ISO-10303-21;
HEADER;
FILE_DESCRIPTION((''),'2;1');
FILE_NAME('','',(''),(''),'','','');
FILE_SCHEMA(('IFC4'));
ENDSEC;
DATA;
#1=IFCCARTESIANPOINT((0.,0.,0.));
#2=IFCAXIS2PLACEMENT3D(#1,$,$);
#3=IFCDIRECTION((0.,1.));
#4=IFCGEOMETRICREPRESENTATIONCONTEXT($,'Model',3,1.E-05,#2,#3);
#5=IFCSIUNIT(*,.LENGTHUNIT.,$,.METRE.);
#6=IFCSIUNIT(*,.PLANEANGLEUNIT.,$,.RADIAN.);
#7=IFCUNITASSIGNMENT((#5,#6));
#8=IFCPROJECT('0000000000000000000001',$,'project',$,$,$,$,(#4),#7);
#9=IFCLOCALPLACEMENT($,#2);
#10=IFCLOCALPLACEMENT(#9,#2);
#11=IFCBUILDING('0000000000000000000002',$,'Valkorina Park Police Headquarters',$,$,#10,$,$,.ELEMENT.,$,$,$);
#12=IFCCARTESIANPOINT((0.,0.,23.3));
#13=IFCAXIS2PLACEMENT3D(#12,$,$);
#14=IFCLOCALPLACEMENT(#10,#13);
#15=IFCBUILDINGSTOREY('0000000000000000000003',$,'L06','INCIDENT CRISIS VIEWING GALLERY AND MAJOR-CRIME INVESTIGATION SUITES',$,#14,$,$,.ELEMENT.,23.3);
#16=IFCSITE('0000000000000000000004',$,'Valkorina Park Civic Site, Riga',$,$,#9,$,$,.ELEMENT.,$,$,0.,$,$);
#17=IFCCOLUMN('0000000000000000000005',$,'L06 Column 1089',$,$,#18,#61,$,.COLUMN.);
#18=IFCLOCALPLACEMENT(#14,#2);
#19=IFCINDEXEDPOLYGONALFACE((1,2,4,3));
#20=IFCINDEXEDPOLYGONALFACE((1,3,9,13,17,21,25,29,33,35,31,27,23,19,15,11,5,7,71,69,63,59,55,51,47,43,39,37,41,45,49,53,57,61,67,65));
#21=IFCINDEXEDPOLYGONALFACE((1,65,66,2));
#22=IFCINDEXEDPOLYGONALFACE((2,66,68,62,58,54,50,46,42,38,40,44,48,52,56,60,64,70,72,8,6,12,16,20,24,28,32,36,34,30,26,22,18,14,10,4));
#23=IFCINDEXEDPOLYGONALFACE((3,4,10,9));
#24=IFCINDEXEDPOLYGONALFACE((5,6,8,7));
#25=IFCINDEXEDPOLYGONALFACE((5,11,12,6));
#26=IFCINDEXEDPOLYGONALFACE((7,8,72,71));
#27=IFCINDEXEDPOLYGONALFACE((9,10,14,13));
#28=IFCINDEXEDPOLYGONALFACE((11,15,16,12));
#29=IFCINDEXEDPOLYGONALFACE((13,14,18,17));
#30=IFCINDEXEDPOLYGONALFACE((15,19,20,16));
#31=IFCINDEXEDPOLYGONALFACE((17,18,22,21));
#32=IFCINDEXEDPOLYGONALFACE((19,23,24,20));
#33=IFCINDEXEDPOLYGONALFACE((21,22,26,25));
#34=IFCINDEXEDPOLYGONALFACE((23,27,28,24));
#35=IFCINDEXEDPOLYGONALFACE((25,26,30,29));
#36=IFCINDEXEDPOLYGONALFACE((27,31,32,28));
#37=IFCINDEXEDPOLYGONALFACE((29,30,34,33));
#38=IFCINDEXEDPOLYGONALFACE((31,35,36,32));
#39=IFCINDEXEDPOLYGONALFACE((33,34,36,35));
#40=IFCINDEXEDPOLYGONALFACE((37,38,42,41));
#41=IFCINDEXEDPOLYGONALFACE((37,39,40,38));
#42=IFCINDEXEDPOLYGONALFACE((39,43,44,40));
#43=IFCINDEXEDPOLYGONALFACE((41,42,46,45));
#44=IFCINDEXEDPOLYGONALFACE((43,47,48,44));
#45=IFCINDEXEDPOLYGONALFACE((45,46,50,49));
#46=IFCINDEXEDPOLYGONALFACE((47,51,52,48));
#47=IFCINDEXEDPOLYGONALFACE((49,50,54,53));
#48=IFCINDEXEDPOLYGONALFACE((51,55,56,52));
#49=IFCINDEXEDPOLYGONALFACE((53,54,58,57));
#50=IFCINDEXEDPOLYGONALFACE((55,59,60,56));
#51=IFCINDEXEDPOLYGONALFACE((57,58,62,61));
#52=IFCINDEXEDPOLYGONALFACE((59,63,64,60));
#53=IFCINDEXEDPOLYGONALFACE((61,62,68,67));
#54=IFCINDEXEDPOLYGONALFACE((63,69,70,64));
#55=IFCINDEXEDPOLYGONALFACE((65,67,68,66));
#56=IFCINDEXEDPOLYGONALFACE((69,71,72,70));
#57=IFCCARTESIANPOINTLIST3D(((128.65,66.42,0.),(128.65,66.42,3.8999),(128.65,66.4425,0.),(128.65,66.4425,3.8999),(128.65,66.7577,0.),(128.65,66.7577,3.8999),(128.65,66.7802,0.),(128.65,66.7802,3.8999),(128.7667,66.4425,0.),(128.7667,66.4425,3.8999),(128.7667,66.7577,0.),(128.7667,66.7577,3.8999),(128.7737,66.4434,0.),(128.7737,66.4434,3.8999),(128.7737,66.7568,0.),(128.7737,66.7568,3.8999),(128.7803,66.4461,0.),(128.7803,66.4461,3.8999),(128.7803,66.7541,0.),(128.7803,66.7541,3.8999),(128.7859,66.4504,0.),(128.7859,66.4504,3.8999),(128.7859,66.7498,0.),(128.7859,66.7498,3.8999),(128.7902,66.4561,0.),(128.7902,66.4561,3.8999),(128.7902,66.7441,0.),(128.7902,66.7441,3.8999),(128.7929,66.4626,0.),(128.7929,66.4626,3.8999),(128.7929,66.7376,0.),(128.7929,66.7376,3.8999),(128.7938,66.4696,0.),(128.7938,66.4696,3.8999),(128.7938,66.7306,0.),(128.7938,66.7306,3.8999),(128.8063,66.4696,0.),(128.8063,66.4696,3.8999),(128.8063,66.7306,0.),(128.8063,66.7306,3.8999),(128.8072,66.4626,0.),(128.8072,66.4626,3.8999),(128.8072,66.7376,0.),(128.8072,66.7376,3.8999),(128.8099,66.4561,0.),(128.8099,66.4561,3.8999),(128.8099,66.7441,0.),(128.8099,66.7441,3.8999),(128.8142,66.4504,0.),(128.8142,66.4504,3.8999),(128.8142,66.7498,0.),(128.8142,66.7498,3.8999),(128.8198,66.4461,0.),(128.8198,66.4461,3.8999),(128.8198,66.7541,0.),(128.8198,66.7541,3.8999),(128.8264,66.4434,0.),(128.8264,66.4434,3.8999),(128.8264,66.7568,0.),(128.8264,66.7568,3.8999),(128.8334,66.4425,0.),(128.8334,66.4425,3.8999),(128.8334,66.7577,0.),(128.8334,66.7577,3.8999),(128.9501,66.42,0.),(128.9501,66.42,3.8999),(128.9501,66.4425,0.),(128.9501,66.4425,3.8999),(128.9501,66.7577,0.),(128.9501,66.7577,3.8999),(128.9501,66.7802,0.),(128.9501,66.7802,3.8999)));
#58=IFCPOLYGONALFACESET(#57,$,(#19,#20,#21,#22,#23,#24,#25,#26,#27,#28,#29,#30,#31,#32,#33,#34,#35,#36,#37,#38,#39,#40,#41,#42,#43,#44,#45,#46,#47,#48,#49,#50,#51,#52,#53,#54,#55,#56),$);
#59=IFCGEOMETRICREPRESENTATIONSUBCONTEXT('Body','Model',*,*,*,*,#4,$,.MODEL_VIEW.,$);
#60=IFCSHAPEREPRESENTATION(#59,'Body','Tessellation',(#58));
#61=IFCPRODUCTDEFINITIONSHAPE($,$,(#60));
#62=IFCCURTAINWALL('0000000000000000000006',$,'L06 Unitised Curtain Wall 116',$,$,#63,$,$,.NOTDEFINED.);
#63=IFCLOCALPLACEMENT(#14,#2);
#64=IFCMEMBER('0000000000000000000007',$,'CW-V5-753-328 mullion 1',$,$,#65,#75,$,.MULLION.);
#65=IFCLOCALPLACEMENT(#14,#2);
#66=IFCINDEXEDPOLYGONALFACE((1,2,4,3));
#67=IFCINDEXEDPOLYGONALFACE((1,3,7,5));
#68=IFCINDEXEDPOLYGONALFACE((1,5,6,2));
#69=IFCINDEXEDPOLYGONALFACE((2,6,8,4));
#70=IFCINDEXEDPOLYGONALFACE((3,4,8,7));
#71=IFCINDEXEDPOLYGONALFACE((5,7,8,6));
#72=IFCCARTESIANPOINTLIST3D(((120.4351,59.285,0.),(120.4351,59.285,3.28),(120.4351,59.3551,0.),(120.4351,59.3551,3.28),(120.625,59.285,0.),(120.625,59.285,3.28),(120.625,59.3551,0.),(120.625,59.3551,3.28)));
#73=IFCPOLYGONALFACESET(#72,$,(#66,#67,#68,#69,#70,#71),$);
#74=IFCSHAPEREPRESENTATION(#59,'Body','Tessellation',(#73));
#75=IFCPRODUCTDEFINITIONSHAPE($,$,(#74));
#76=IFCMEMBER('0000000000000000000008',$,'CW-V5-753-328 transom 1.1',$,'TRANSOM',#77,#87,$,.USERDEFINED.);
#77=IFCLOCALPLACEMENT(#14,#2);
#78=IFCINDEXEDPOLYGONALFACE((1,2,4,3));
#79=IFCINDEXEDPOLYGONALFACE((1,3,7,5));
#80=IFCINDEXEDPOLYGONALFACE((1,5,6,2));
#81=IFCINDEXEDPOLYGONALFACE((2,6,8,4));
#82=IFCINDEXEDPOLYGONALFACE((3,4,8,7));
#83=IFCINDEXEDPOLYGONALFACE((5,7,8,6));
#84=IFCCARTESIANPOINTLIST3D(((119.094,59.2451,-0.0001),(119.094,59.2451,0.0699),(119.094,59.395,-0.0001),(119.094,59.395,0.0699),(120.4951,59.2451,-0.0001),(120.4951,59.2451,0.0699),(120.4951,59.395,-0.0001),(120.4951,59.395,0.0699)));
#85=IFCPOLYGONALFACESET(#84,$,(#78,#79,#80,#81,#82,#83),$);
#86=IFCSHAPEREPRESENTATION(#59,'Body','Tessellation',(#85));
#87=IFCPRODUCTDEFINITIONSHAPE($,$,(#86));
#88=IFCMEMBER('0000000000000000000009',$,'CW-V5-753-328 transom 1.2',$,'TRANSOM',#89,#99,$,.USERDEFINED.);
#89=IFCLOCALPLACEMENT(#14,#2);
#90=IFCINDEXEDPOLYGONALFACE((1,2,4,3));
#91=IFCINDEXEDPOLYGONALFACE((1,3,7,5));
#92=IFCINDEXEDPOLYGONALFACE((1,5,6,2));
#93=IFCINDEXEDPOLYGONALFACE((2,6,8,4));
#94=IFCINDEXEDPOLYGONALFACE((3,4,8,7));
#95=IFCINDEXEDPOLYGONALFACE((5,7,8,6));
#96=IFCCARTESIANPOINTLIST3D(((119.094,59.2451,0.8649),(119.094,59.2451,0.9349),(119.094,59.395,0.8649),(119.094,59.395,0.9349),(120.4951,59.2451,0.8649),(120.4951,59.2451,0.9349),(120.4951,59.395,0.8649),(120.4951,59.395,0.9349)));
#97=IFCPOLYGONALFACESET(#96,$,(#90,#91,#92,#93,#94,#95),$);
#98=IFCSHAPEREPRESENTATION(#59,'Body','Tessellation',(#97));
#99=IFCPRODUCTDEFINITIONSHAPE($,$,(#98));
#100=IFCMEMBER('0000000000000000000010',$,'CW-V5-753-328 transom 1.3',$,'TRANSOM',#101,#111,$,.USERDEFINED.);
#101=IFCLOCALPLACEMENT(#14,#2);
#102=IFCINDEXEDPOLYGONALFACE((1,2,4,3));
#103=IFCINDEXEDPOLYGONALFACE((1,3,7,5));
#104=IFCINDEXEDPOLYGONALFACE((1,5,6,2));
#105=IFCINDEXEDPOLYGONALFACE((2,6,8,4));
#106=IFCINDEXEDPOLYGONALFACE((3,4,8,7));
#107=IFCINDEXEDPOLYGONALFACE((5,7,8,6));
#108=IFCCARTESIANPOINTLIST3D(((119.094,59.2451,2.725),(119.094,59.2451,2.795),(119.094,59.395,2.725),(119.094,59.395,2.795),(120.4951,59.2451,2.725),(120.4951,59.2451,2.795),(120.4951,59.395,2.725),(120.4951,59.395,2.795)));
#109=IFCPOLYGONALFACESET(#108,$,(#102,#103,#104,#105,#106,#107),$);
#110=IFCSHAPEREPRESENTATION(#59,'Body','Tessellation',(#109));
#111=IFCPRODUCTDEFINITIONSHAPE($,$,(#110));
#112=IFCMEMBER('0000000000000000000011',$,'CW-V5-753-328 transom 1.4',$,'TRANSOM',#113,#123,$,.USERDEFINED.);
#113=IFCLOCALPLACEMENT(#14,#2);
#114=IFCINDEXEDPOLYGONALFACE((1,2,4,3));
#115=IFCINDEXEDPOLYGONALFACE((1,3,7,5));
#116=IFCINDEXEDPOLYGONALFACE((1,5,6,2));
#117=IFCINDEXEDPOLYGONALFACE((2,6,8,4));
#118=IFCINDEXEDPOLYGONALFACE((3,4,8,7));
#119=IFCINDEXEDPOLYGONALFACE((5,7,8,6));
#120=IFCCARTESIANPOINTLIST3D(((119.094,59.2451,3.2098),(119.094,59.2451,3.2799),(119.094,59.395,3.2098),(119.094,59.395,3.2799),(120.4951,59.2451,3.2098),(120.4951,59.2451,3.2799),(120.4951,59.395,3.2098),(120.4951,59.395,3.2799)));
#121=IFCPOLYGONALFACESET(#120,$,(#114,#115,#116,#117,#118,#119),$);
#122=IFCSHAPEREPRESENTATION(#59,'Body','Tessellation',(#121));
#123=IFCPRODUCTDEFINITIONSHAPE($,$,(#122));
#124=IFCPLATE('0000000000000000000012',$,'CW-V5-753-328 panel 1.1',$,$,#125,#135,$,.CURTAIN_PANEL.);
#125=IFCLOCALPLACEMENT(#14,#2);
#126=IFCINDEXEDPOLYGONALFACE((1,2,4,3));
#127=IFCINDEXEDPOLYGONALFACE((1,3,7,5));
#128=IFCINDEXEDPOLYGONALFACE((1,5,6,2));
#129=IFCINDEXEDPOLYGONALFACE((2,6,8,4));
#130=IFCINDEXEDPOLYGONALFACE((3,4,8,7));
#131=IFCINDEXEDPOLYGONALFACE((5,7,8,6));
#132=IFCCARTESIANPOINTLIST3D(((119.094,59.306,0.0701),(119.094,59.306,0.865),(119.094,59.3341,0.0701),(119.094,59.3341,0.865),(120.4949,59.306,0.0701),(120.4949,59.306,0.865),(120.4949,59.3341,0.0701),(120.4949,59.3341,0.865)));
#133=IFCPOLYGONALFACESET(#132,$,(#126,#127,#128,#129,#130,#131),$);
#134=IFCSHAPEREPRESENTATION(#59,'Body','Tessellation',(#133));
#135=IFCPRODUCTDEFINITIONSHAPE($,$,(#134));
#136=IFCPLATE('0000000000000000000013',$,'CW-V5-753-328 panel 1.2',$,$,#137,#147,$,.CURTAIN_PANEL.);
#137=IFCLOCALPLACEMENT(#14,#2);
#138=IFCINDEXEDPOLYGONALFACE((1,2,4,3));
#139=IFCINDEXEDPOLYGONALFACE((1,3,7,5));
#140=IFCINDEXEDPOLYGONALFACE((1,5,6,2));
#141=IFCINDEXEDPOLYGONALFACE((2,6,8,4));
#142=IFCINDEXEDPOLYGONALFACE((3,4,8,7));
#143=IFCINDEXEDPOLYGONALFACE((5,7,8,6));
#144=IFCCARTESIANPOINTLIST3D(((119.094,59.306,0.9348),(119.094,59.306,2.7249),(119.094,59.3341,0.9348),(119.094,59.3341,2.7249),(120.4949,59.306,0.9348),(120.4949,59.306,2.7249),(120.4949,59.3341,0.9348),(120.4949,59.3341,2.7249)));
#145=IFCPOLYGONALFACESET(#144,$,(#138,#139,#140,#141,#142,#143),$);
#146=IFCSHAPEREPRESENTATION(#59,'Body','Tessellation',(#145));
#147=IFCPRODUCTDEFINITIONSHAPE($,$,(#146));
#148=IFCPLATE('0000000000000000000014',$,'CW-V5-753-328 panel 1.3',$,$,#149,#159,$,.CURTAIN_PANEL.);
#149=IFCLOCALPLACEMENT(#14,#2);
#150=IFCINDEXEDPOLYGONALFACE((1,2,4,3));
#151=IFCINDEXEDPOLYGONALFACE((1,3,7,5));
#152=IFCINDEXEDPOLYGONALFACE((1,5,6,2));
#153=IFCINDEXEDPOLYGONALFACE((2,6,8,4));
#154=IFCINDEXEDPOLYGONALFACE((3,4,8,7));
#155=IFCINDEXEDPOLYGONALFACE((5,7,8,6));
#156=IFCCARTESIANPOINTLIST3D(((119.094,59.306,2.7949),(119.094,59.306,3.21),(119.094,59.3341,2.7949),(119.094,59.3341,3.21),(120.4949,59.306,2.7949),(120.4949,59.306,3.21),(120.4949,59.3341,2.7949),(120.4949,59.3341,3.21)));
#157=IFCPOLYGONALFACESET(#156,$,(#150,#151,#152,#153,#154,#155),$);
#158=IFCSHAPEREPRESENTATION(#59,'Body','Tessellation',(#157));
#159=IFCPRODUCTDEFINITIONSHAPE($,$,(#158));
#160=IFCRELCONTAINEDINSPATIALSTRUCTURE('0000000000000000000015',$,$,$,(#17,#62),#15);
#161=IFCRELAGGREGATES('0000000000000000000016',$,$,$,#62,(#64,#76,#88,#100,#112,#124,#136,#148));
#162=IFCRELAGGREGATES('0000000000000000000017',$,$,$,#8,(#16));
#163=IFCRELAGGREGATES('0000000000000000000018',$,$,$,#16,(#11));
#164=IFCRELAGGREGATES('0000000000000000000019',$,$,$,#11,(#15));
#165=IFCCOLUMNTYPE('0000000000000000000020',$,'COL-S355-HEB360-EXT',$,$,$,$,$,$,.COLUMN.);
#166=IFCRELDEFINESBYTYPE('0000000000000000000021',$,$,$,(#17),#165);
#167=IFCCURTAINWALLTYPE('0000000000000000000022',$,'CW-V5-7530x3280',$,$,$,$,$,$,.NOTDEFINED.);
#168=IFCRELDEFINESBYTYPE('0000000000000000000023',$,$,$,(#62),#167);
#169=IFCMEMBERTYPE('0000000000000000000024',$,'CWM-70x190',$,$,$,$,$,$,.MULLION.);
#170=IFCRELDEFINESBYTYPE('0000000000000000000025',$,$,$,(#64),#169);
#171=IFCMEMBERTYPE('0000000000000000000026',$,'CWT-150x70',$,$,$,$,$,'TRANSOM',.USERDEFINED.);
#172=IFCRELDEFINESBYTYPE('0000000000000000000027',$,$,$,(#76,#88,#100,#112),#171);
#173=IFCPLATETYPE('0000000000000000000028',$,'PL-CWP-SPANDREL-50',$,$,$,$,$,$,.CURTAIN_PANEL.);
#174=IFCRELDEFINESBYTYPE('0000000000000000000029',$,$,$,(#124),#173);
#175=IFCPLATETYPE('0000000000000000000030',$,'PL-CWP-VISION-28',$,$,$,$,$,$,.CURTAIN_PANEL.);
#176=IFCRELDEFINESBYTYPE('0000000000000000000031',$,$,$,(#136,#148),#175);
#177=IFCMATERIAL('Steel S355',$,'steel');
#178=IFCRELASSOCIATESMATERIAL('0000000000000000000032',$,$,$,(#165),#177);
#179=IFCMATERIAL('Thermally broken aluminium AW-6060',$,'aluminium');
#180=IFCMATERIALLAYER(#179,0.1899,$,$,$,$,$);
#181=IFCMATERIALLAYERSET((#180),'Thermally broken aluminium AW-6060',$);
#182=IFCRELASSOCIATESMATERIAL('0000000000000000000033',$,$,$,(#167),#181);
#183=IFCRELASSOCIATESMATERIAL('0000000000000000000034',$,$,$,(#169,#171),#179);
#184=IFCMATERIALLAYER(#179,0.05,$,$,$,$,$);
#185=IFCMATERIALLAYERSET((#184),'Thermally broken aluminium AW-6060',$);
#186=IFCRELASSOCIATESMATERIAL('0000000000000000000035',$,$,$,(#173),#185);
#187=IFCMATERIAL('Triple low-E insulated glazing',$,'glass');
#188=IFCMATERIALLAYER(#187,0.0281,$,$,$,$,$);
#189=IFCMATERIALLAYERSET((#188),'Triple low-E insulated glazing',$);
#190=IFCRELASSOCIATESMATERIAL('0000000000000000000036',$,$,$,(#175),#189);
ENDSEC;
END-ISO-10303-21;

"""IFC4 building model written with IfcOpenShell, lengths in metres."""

from ifc_helpers import new_model, si_unit, direction, frame, origin, origin_2d, place, context, subcontext, project, spatial, rectangle, i_section, extrude, material, layer, layer_set, material_profile, profile_set, type_object, element, aggregate, save


model = new_model("IFC4")

# Units and contexts
model_context = context("Model", 3, precision=1e-05, world=origin(), true_north=direction((0.0, 1.0)))
body_context = subcontext(model_context, "Body", "Model", "MODEL_VIEW")
ifc_project = project(units=[si_unit("LENGTHUNIT", "METRE"), si_unit("PLANEANGLEUNIT", "RADIAN")], contexts=[model_context])

# Site, building, storey
site_placement = place(None, origin())
site = spatial("IfcSite", under=ifc_project, at=site_placement, Name="Valkorina Park Civic Site, Riga", CompositionType="ELEMENT", RefElevation=0.0)
building_placement = place(site_placement, origin())
building = spatial("IfcBuilding", under=site, at=building_placement, Name="Valkorina Park Police Headquarters", CompositionType="ELEMENT")
storey_placement = place(building_placement, frame((0.0, 0.0, 23.3)))
storey = spatial("IfcBuildingStorey", under=building, at=storey_placement, Name="L06", Description="INCIDENT CRISIS VIEWING GALLERY AND MAJOR-CRIME INVESTIGATION SUITES", CompositionType="ELEMENT", Elevation=23.3)

# Column
ifc_material_1 = material(Name="Steel S355", Category="steel")
ifc_material_profile_1 = material_profile(ifc_material_1, i_section(OverallWidth=0.3, OverallDepth=0.3601, WebThickness=0.0125, FlangeThickness=0.0225, FilletRadius=0.0271, at=origin_2d()), Name="HEB 360")
ifc_profile_set_1 = profile_set([ifc_material_profile_1], Name="Steel S355")
column_type = type_object("IfcColumnType", Name="COL-S355-HEB360-EXT", PredefinedType="COLUMN", material=ifc_profile_set_1)
column_placement = place(storey_placement, frame((128.8, 66.6001, 0.0), z_axis=(0.0, 0.0, 1.0), x_axis=(1.0, 0.0, 0.0)))
element("IfcColumn", 1, at=column_placement, inside=storey, type_object=column_type, Name="L06 Column 1089", PredefinedType="COLUMN", context=body_context, shape_type="SweptSolid", body=[
    extrude(i_section(OverallWidth=0.3, OverallDepth=0.3601, WebThickness=0.0125, FlangeThickness=0.0225, FilletRadius=0.0271, at=origin_2d()), origin(), (0.0, 0.0, 1.0), 3.8999),
])

# Curtain wall, members, plates
ifc_material_2 = material(Name="Thermally broken aluminium AW-6060", Category="aluminium")
ifc_layer_1 = layer(ifc_material_2, 0.1899)
ifc_layer_set_1 = layer_set([ifc_layer_1], Name="Thermally broken aluminium AW-6060")
curtain_wall_type = type_object("IfcCurtainWallType", Name="CW-V5-7530x3280", PredefinedType="NOTDEFINED", material=ifc_layer_set_1)
curtain_wall_placement = place(storey_placement, origin())
curtain_wall = element("IfcCurtainWall", 2, at=curtain_wall_placement, inside=storey, type_object=curtain_wall_type, Name="L06 Unitised Curtain Wall 116", PredefinedType="NOTDEFINED")
ifc_material_profile_2 = material_profile(ifc_material_2, rectangle(XDim=0.0701, YDim=0.1899, at=origin_2d()), Name="CWM-02 70x190")
ifc_profile_set_2 = profile_set([ifc_material_profile_2], Name="Thermally broken aluminium AW-6060")
member_type_1 = type_object("IfcMemberType", Name="CWM-70x190", PredefinedType="MULLION", material=ifc_profile_set_2)
member_1_placement = place(storey_placement, frame((120.53, 59.3201, 0.0), z_axis=(0.0, 0.0, 1.0), x_axis=(0.0, -1.0, 0.0)))
member_1 = element("IfcMember", 3, at=member_1_placement, type_object=member_type_1, Name="CW-V5-753-328 mullion 1", PredefinedType="MULLION", context=body_context, shape_type="SweptSolid", body=[
    extrude(rectangle(XDim=0.0701, YDim=0.1899, at=origin_2d()), origin(), (0.0, 0.0, 1.0), 3.28),
])
ifc_material_profile_3 = material_profile(ifc_material_2, rectangle(XDim=0.1499, YDim=0.0701, at=origin_2d()), Name="CWT-02 150x70")
ifc_profile_set_3 = profile_set([ifc_material_profile_3], Name="Thermally broken aluminium AW-6060")
member_type_2 = type_object("IfcMemberType", Name="CWT-150x70", ElementType="TRANSOM", PredefinedType="USERDEFINED", material=ifc_profile_set_3)
member_2_placement = place(storey_placement, frame((120.4951, 59.3201, 0.0349), z_axis=(-1.0, 0.0, 0.0), x_axis=(0.0, -1.0, 0.0)))
member_2 = element("IfcMember", 4, at=member_2_placement, type_object=member_type_2, Name="CW-V5-753-328 transom 1.1", ObjectType="TRANSOM", PredefinedType="USERDEFINED", context=body_context, shape_type="SweptSolid", body=[
    extrude(rectangle(XDim=0.1499, YDim=0.0701, at=origin_2d()), origin(), (0.0, 0.0, 1.0), 1.4011),
])
member_3_placement = place(storey_placement, frame((120.4951, 59.3201, 0.8999), z_axis=(-1.0, 0.0, 0.0), x_axis=(0.0, -1.0, 0.0)))
member_3 = element("IfcMember", 5, at=member_3_placement, type_object=member_type_2, Name="CW-V5-753-328 transom 1.2", ObjectType="TRANSOM", PredefinedType="USERDEFINED", context=body_context, shape_type="SweptSolid", body=[
    extrude(rectangle(XDim=0.1499, YDim=0.0701, at=origin_2d()), origin(), (0.0, 0.0, 1.0), 1.4011),
])
member_4_placement = place(storey_placement, frame((120.4951, 59.3201, 2.76), z_axis=(-1.0, 0.0, 0.0), x_axis=(0.0, -1.0, 0.0)))
member_4 = element("IfcMember", 6, at=member_4_placement, type_object=member_type_2, Name="CW-V5-753-328 transom 1.3", ObjectType="TRANSOM", PredefinedType="USERDEFINED", context=body_context, shape_type="SweptSolid", body=[
    extrude(rectangle(XDim=0.1499, YDim=0.0701, at=origin_2d()), origin(), (0.0, 0.0, 1.0), 1.4011),
])
member_5_placement = place(storey_placement, frame((120.4951, 59.3201, 3.2449), z_axis=(-1.0, 0.0, 0.0), x_axis=(0.0, -1.0, 0.0)))
member_5 = element("IfcMember", 7, at=member_5_placement, type_object=member_type_2, Name="CW-V5-753-328 transom 1.4", ObjectType="TRANSOM", PredefinedType="USERDEFINED", context=body_context, shape_type="SweptSolid", body=[
    extrude(rectangle(XDim=0.1499, YDim=0.0701, at=origin_2d()), origin(), (0.0, 0.0, 1.0), 1.4011),
])
ifc_layer_2 = layer(ifc_material_2, 0.05)
ifc_layer_set_2 = layer_set([ifc_layer_2], Name="Thermally broken aluminium AW-6060")
plate_type_1 = type_object("IfcPlateType", Name="PL-CWP-SPANDREL-50", PredefinedType="CURTAIN_PANEL", material=ifc_layer_set_2)
plate_1_placement = place(storey_placement, frame((119.7944, 59.3201, 0.0701), z_axis=(0.0, 0.0, 1.0), x_axis=(-1.0, 0.0, 0.0)))
plate_1 = element("IfcPlate", 8, at=plate_1_placement, type_object=plate_type_1, Name="CW-V5-753-328 panel 1.1", PredefinedType="CURTAIN_PANEL", context=body_context, shape_type="SweptSolid", body=[
    extrude(rectangle(XDim=1.4009, YDim=0.0281, at=origin_2d()), origin(), (0.0, 0.0, 1.0), 0.7949),
])
ifc_material_3 = material(Name="Triple low-E insulated glazing", Category="glass")
ifc_layer_3 = layer(ifc_material_3, 0.0281)
ifc_layer_set_3 = layer_set([ifc_layer_3], Name="Triple low-E insulated glazing")
plate_type_2 = type_object("IfcPlateType", Name="PL-CWP-VISION-28", PredefinedType="CURTAIN_PANEL", material=ifc_layer_set_3)
plate_2_placement = place(storey_placement, frame((119.7944, 59.3201, 0.9348), z_axis=(0.0, 0.0, 1.0), x_axis=(-1.0, 0.0, 0.0)))
plate_2 = element("IfcPlate", 9, at=plate_2_placement, type_object=plate_type_2, Name="CW-V5-753-328 panel 1.2", PredefinedType="CURTAIN_PANEL", context=body_context, shape_type="SweptSolid", body=[
    extrude(rectangle(XDim=1.4009, YDim=0.0281, at=origin_2d()), origin(), (0.0, 0.0, 1.0), 1.79),
])
plate_3_placement = place(storey_placement, frame((119.7944, 59.3201, 2.7949), z_axis=(0.0, 0.0, 1.0), x_axis=(-1.0, 0.0, 0.0)))
plate_3 = element("IfcPlate", 10, at=plate_3_placement, type_object=plate_type_2, Name="CW-V5-753-328 panel 1.3", PredefinedType="CURTAIN_PANEL", context=body_context, shape_type="SweptSolid", body=[
    extrude(rectangle(XDim=1.4009, YDim=0.0281, at=origin_2d()), origin(), (0.0, 0.0, 1.0), 0.415),
])
aggregate(curtain_wall, [member_1, member_2, member_3, member_4, member_5, plate_1, plate_2, plate_3])

save(model, "model.ifc")
